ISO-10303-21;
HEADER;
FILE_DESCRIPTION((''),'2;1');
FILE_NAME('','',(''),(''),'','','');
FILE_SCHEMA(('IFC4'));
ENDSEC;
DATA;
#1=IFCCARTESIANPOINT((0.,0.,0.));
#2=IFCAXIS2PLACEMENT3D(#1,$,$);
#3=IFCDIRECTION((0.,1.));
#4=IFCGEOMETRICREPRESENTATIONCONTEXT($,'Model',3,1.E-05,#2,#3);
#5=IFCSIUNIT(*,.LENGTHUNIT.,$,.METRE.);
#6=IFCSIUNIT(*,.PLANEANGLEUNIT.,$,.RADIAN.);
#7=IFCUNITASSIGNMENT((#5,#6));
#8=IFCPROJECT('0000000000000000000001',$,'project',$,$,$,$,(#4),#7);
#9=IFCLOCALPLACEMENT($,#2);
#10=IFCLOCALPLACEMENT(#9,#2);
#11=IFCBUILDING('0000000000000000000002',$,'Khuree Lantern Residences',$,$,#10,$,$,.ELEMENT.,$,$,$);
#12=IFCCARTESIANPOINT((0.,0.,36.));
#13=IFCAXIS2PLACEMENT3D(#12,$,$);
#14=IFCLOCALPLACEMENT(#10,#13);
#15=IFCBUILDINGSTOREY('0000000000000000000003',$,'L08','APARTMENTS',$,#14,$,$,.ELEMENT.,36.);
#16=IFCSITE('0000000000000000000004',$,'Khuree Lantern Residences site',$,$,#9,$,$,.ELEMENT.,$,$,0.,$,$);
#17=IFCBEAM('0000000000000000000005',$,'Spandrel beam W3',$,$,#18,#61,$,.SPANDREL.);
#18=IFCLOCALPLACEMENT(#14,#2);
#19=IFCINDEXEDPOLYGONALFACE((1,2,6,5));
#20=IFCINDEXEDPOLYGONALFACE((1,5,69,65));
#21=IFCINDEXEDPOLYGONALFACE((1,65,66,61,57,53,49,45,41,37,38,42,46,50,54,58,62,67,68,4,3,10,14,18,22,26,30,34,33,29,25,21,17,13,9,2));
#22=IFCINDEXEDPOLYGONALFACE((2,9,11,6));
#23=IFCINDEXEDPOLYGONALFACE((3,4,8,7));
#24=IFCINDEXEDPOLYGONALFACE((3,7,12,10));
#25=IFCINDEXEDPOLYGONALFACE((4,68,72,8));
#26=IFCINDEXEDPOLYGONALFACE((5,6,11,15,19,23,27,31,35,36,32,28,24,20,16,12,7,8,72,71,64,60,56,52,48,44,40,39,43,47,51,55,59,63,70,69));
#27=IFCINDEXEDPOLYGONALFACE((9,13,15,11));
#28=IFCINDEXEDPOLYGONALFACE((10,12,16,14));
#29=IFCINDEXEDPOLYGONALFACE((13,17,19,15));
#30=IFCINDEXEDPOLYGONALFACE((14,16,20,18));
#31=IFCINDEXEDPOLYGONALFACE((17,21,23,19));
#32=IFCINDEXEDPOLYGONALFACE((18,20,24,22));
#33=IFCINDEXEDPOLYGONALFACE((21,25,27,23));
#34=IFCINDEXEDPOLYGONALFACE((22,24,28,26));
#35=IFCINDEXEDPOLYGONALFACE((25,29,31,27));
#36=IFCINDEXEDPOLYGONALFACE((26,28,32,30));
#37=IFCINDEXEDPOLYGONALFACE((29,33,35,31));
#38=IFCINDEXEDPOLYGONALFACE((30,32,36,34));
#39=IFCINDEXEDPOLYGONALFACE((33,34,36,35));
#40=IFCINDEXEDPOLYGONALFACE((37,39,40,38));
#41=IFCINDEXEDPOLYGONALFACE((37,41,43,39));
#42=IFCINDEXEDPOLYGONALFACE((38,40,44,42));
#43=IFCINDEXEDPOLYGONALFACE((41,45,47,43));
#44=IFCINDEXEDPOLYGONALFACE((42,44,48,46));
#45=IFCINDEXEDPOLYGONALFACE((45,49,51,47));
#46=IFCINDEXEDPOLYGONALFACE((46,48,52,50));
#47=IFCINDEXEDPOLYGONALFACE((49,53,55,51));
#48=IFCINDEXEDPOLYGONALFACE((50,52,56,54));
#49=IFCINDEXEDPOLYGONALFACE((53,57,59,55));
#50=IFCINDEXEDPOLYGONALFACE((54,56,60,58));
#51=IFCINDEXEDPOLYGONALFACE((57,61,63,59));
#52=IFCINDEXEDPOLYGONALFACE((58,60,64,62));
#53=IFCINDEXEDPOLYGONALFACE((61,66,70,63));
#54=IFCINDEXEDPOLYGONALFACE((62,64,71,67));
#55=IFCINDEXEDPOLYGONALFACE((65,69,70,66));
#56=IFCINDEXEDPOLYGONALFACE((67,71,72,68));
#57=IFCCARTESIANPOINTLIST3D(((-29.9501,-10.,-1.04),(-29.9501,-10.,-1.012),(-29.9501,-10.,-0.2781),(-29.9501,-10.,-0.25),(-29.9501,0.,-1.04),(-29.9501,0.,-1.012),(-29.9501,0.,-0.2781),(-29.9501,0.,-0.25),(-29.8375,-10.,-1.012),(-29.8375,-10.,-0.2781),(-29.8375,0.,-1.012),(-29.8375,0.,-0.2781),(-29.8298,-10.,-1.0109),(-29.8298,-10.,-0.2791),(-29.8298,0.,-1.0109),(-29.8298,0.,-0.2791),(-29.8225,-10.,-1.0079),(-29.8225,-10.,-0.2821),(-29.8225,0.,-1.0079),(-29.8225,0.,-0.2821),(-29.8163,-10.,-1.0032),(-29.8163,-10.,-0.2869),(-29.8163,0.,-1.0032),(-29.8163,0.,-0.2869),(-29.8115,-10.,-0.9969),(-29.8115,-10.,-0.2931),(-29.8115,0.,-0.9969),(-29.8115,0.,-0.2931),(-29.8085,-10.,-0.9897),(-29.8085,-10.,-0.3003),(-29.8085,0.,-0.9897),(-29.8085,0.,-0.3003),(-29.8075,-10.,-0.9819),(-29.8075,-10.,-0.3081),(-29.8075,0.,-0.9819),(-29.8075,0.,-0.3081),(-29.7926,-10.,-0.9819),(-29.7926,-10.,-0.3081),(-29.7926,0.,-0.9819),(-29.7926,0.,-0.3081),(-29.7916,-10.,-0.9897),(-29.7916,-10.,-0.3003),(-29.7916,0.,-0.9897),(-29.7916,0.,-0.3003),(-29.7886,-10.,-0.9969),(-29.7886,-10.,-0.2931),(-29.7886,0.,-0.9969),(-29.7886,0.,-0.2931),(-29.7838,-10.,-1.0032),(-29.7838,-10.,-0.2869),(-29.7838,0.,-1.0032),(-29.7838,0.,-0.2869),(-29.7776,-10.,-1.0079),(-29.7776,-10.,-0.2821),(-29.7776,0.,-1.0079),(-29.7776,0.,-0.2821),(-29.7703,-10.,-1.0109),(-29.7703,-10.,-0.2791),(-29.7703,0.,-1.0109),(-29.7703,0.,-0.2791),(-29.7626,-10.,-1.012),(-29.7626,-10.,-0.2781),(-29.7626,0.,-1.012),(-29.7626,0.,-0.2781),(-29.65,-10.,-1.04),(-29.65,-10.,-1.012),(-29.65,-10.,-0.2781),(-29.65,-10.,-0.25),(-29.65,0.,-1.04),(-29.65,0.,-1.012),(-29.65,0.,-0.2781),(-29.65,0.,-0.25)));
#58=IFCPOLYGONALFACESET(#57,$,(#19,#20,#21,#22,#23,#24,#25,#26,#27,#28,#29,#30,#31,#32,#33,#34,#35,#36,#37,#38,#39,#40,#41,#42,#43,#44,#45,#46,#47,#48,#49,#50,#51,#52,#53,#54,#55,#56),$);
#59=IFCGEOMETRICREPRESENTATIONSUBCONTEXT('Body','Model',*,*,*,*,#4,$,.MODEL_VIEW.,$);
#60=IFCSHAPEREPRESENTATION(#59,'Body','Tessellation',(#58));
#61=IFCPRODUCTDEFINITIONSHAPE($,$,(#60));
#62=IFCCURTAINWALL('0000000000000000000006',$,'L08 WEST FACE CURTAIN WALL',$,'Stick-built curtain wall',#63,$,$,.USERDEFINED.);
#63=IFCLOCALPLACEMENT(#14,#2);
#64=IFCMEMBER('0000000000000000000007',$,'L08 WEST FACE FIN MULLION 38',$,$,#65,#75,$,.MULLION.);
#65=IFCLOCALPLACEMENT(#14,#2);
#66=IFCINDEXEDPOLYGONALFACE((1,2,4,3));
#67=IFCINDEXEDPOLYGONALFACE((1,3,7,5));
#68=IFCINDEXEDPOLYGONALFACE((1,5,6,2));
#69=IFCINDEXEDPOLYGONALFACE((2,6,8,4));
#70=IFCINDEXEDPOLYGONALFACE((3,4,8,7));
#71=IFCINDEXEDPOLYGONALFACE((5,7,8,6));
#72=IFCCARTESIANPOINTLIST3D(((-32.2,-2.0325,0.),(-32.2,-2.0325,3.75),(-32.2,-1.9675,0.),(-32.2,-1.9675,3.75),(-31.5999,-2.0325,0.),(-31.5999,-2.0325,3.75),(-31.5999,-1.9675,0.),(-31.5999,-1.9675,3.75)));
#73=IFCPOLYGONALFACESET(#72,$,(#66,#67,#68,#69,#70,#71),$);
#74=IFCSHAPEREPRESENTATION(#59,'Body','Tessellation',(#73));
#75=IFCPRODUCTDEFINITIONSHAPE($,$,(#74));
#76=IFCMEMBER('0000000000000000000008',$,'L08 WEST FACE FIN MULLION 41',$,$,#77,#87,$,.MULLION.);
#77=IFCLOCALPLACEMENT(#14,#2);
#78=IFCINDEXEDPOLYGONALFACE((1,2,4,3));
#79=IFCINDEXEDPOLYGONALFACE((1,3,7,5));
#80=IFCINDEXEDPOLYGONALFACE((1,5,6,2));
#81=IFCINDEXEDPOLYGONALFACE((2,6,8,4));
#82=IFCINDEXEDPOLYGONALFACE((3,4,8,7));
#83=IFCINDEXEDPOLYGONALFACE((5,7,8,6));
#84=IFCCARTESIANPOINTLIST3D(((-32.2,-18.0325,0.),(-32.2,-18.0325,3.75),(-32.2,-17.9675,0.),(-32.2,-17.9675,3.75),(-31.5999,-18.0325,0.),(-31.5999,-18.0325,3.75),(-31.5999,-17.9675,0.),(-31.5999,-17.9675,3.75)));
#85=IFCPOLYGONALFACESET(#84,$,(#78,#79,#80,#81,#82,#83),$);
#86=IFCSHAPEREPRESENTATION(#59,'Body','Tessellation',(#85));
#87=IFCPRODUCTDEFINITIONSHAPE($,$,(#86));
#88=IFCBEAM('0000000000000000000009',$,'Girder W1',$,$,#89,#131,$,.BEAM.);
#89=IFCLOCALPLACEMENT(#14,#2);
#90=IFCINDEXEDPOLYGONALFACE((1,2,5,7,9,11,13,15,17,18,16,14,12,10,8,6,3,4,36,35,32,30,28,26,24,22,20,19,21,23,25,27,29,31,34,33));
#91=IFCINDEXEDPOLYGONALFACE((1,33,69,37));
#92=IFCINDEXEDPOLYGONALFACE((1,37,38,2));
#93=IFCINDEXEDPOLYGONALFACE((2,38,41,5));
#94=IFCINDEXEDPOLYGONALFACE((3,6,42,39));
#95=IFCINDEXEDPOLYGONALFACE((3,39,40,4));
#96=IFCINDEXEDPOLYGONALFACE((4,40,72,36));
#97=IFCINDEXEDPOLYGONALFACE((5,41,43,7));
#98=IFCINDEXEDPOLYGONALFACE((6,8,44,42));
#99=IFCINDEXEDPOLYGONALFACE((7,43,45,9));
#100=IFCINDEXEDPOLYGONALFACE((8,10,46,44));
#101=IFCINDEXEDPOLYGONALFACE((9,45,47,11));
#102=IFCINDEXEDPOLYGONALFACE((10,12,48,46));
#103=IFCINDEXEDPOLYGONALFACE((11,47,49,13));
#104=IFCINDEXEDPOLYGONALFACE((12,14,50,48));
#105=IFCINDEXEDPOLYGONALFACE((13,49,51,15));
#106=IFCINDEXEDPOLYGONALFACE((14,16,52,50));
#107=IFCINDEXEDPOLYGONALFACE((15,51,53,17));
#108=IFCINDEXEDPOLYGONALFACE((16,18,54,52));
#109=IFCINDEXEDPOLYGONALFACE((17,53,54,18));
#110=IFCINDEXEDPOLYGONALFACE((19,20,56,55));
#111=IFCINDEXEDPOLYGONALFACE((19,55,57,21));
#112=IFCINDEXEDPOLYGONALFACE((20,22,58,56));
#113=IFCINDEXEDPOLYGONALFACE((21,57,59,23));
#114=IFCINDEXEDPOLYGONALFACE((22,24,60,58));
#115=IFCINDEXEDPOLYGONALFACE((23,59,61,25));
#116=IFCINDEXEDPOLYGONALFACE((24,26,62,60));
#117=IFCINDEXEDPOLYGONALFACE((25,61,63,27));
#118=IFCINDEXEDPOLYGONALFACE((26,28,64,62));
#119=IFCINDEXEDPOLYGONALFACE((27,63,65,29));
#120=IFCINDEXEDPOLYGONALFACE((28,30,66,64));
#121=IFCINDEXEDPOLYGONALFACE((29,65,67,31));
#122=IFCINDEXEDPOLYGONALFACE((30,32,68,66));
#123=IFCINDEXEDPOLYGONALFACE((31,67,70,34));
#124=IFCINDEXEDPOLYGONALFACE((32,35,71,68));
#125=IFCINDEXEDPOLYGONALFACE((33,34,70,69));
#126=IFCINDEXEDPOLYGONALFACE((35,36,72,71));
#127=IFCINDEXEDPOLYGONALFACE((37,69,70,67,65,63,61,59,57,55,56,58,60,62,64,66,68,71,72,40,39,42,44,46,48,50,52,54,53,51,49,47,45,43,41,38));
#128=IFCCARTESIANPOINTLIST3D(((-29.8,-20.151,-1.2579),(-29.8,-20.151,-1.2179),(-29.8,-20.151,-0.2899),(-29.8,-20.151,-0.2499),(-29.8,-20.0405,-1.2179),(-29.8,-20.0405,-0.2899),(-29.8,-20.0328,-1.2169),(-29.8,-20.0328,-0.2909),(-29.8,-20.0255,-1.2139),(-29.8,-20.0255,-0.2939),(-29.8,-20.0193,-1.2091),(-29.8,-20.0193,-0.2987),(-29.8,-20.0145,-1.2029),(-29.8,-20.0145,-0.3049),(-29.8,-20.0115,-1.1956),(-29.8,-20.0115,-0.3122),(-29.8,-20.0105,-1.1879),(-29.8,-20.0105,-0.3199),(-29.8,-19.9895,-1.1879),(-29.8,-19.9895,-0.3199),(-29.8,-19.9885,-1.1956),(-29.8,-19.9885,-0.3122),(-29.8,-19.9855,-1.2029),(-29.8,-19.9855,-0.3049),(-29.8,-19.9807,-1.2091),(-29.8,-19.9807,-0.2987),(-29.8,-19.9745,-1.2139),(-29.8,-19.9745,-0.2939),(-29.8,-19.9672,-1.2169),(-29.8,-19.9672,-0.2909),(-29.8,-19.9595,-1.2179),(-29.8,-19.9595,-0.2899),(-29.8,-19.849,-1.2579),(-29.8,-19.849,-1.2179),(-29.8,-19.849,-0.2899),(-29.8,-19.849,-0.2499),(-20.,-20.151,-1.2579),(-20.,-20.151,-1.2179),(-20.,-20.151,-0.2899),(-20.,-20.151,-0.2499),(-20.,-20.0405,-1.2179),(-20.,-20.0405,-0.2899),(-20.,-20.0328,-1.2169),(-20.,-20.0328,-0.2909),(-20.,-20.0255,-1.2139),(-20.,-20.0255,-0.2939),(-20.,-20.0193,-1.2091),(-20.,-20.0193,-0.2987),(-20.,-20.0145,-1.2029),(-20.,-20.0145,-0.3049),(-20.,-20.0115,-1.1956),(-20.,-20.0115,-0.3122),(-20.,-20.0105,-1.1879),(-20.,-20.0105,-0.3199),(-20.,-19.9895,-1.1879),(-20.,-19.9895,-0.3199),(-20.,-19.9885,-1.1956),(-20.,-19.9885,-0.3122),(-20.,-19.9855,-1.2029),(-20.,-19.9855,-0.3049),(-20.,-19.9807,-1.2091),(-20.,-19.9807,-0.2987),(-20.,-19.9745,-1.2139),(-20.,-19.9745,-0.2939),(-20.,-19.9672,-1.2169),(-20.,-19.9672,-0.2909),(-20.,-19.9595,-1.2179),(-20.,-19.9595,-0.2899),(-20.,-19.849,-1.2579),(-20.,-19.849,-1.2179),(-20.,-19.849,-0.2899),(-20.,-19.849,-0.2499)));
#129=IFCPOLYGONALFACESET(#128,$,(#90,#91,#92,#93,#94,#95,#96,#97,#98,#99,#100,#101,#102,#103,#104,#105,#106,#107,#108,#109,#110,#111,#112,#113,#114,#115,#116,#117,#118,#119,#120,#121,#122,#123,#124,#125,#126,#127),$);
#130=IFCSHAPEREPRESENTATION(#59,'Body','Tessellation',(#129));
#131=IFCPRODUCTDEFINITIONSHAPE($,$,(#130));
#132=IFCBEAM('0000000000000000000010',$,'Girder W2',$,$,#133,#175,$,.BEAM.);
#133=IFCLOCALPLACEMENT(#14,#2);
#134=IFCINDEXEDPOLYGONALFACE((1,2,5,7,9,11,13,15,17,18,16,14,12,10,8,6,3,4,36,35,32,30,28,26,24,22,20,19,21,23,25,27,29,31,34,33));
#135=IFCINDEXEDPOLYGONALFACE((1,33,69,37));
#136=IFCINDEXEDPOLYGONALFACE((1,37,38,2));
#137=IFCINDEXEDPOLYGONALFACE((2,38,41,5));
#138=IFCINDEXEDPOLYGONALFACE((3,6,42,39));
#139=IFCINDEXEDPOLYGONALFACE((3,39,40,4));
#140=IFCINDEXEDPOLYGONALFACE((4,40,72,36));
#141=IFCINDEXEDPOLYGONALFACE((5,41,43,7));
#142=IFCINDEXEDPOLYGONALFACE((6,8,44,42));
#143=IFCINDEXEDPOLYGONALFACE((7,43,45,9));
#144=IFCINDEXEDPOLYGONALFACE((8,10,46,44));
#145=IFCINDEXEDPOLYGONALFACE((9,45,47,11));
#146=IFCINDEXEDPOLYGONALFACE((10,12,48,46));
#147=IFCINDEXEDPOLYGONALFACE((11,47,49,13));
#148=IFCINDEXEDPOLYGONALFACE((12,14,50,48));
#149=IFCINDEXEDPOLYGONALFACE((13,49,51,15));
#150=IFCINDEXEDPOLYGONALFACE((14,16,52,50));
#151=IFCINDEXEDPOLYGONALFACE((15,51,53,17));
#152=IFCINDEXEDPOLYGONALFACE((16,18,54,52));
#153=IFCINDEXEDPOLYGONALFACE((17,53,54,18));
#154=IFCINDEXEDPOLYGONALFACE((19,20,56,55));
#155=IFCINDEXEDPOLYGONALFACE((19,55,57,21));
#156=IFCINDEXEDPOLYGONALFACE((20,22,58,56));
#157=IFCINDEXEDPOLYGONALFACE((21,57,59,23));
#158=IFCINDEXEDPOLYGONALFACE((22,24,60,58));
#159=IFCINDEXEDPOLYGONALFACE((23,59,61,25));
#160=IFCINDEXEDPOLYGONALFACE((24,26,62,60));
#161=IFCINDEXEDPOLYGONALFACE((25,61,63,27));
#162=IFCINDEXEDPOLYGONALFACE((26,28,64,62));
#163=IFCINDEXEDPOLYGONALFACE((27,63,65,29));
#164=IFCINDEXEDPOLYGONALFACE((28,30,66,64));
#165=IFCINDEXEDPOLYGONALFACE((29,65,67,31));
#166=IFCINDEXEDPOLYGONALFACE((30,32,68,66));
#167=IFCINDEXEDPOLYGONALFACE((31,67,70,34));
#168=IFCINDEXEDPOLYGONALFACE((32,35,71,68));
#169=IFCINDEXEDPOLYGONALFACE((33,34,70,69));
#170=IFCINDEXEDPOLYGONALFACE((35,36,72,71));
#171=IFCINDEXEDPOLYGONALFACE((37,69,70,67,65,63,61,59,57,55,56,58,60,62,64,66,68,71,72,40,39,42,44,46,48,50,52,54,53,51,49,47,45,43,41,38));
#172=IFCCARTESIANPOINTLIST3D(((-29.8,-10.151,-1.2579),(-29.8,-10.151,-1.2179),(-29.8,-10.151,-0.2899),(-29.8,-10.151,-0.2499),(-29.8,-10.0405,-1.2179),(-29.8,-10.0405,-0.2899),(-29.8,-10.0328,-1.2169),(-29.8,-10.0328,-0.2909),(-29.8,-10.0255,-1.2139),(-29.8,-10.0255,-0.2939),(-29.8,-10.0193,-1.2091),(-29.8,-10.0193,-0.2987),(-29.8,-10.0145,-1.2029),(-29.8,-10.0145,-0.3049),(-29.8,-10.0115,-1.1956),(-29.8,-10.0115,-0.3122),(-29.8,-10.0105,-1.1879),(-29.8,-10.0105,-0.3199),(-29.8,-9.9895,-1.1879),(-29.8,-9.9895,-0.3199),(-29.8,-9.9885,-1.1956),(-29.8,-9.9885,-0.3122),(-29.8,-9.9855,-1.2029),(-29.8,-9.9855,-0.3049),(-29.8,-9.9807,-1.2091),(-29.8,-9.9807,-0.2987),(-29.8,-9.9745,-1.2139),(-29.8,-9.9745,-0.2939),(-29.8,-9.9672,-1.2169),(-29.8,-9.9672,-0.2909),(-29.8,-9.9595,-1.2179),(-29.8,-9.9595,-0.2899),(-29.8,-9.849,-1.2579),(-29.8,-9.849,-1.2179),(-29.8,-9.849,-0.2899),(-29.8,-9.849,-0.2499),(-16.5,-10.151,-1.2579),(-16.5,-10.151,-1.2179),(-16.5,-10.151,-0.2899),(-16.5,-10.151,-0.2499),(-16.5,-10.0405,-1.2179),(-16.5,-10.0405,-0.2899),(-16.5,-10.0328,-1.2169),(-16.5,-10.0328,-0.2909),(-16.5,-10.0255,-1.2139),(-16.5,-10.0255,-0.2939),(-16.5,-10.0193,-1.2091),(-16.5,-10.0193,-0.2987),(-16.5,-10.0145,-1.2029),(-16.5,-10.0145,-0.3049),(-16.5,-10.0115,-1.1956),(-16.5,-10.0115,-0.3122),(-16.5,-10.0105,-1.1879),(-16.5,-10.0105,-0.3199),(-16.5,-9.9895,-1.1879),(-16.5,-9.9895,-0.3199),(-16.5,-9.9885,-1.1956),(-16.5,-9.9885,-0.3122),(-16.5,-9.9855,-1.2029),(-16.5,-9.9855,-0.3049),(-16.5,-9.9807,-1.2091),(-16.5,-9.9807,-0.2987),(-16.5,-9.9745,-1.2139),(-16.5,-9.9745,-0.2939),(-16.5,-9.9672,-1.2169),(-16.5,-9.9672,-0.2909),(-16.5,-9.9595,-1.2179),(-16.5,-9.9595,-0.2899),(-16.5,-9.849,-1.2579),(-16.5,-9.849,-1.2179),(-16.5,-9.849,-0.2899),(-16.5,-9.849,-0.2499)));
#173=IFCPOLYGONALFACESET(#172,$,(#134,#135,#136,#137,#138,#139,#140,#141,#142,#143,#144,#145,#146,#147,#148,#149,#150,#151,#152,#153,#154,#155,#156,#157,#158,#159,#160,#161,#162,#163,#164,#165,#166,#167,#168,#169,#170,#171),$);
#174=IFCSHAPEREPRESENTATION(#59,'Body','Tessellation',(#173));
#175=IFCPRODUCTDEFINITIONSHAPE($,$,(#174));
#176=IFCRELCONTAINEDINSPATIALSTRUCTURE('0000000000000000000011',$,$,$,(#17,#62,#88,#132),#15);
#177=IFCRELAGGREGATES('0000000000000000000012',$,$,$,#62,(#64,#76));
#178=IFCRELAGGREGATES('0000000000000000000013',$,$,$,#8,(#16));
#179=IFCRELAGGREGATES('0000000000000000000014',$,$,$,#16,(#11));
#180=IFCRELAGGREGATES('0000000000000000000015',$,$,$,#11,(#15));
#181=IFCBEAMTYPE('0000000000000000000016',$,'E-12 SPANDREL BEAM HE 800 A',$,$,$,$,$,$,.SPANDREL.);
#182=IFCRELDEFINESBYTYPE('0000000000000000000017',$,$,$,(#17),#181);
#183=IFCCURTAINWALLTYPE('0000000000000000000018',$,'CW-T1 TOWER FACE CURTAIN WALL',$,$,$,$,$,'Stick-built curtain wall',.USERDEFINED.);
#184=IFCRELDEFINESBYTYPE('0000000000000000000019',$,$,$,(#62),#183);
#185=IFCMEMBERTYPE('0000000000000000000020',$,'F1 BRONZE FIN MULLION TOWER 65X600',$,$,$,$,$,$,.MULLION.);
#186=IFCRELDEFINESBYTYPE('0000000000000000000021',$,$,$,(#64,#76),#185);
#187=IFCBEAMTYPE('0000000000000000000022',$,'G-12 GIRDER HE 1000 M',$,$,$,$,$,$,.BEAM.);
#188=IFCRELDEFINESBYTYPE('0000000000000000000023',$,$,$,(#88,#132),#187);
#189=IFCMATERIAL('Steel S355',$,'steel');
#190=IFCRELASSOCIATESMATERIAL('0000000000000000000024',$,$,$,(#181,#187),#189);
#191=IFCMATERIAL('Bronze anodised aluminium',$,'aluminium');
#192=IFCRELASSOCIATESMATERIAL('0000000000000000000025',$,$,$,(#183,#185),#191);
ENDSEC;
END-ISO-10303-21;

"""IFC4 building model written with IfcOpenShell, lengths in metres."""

from ifc_helpers import new_model, si_unit, direction, frame, origin, origin_2d, place, context, subcontext, project, spatial, rectangle, i_section, extrude, material, material_profile, profile_set, type_object, element, aggregate, save


model = new_model("IFC4")

# Units and contexts
model_context = context("Model", 3, precision=1e-05, world=origin(), true_north=direction((0.0, 1.0)))
body_context = subcontext(model_context, "Body", "Model", "MODEL_VIEW")
ifc_project = project(units=[si_unit("LENGTHUNIT", "METRE"), si_unit("PLANEANGLEUNIT", "RADIAN")], contexts=[model_context])

# Site, building, storey
site_placement = place(None, origin())
site = spatial("IfcSite", under=ifc_project, at=site_placement, Name="Khuree Lantern Residences site", CompositionType="ELEMENT", RefElevation=0.0)
building_placement = place(site_placement, origin())
building = spatial("IfcBuilding", under=site, at=building_placement, Name="Khuree Lantern Residences", CompositionType="ELEMENT")
storey_placement = place(building_placement, frame((0.0, 0.0, 36.0)))
storey = spatial("IfcBuildingStorey", under=building, at=storey_placement, Name="L08", Description="APARTMENTS", CompositionType="ELEMENT", Elevation=36.0)

# Beam
ifc_material_1 = material(Name="Steel S355", Category="steel")
ifc_material_profile_1 = material_profile(ifc_material_1, i_section(OverallWidth=0.3, OverallDepth=0.79, WebThickness=0.0149, FlangeThickness=0.0281, FilletRadius=0.03, at=origin_2d()), Name="HE 800 A")
ifc_profile_set_1 = profile_set([ifc_material_profile_1], Name="Steel S355")
beam_type_1 = type_object("IfcBeamType", Name="E-12 SPANDREL BEAM HE 800 A", PredefinedType="SPANDREL", material=ifc_profile_set_1)
for number, where, z_axis, x_axis, name in (
    (1, (-29.8, -10.0, -0.645), (0.0, 1.0, 0.0), (-1.0, 0.0, 0.0), "Spandrel beam W3"),
):
    element("IfcBeam", number, at=place(storey_placement, frame(where, z_axis=z_axis, x_axis=x_axis)), inside=storey, type_object=beam_type_1, Name=name, PredefinedType="SPANDREL", context=body_context, shape_type="SweptSolid", body=[
        extrude(i_section(OverallWidth=0.3, OverallDepth=0.79, WebThickness=0.0149, FlangeThickness=0.0281, FilletRadius=0.03, at=origin_2d()), origin(), (0.0, 0.0, 1.0), 10.0),
    ])

# Curtain wall, members
ifc_material_2 = material(Name="Bronze anodised aluminium", Category="aluminium")
curtain_wall_type = type_object("IfcCurtainWallType", Name="CW-T1 TOWER FACE CURTAIN WALL", ElementType="Stick-built curtain wall", PredefinedType="USERDEFINED", material=ifc_material_2)
curtain_wall_placement = place(storey_placement, origin())
curtain_wall = element("IfcCurtainWall", 2, at=curtain_wall_placement, inside=storey, type_object=curtain_wall_type, Name="L08 WEST FACE CURTAIN WALL", ObjectType="Stick-built curtain wall", PredefinedType="USERDEFINED")
ifc_material_profile_2 = material_profile(ifc_material_2, rectangle(XDim=0.0649, YDim=0.6001, at=origin_2d()), Name="F1 65X600")
ifc_profile_set_2 = profile_set([ifc_material_profile_2], Name="Bronze anodised aluminium")
member_type_1 = type_object("IfcMemberType", Name="F1 BRONZE FIN MULLION TOWER 65X600", PredefinedType="MULLION", material=ifc_profile_set_2)
member_1_placement = place(storey_placement, frame((-31.8999, -2.0, 0.0), z_axis=(0.0, 0.0, 1.0), x_axis=(0.0, -1.0, 0.0)))
member_1 = element("IfcMember", 3, at=member_1_placement, type_object=member_type_1, Name="L08 WEST FACE FIN MULLION 38", PredefinedType="MULLION", context=body_context, shape_type="SweptSolid", body=[
    extrude(rectangle(XDim=0.0649, YDim=0.6001, at=origin_2d()), origin(), (0.0, 0.0, 1.0), 3.75),
])
member_2_placement = place(storey_placement, frame((-31.8999, -18.0, 0.0), z_axis=(0.0, 0.0, 1.0), x_axis=(0.0, -1.0, 0.0)))
member_2 = element("IfcMember", 4, at=member_2_placement, type_object=member_type_1, Name="L08 WEST FACE FIN MULLION 41", PredefinedType="MULLION", context=body_context, shape_type="SweptSolid", body=[
    extrude(rectangle(XDim=0.0649, YDim=0.6001, at=origin_2d()), origin(), (0.0, 0.0, 1.0), 3.75),
])

# Beams
ifc_material_profile_3 = material_profile(ifc_material_1, i_section(OverallWidth=0.302, OverallDepth=1.0081, WebThickness=0.021, FlangeThickness=0.04, FilletRadius=0.03, at=origin_2d()), Name="HE 1000 M")
ifc_profile_set_3 = profile_set([ifc_material_profile_3], Name="Steel S355")
beam_type_2 = type_object("IfcBeamType", Name="G-12 GIRDER HE 1000 M", PredefinedType="BEAM", material=ifc_profile_set_3)
beam_placement = place(storey_placement, frame((-29.8, -20.0, -0.7539), z_axis=(1.0, 0.0, 0.0), x_axis=(0.0, 1.0, 0.0)))
element("IfcBeam", 5, at=beam_placement, inside=storey, type_object=beam_type_2, Name="Girder W1", PredefinedType="BEAM", context=body_context, shape_type="SweptSolid", body=[
    extrude(i_section(OverallWidth=0.302, OverallDepth=1.0081, WebThickness=0.021, FlangeThickness=0.04, FilletRadius=0.03, at=origin_2d()), origin(), (0.0, 0.0, 1.0), 9.8),
])
for number, where, z_axis, x_axis, name in (
    (6, (-29.8, -10.0, -0.7539), (1.0, 0.0, 0.0), (0.0, 1.0, 0.0), "Girder W2"),
):
    element("IfcBeam", number, at=place(storey_placement, frame(where, z_axis=z_axis, x_axis=x_axis)), inside=storey, type_object=beam_type_2, Name=name, PredefinedType="BEAM", context=body_context, shape_type="SweptSolid", body=[
        extrude(i_section(OverallWidth=0.302, OverallDepth=1.0081, WebThickness=0.021, FlangeThickness=0.04, FilletRadius=0.03, at=origin_2d()), origin(), (0.0, 0.0, 1.0), 13.3),
    ])

aggregate(curtain_wall, [member_1, member_2])

save(model, "model.ifc")
